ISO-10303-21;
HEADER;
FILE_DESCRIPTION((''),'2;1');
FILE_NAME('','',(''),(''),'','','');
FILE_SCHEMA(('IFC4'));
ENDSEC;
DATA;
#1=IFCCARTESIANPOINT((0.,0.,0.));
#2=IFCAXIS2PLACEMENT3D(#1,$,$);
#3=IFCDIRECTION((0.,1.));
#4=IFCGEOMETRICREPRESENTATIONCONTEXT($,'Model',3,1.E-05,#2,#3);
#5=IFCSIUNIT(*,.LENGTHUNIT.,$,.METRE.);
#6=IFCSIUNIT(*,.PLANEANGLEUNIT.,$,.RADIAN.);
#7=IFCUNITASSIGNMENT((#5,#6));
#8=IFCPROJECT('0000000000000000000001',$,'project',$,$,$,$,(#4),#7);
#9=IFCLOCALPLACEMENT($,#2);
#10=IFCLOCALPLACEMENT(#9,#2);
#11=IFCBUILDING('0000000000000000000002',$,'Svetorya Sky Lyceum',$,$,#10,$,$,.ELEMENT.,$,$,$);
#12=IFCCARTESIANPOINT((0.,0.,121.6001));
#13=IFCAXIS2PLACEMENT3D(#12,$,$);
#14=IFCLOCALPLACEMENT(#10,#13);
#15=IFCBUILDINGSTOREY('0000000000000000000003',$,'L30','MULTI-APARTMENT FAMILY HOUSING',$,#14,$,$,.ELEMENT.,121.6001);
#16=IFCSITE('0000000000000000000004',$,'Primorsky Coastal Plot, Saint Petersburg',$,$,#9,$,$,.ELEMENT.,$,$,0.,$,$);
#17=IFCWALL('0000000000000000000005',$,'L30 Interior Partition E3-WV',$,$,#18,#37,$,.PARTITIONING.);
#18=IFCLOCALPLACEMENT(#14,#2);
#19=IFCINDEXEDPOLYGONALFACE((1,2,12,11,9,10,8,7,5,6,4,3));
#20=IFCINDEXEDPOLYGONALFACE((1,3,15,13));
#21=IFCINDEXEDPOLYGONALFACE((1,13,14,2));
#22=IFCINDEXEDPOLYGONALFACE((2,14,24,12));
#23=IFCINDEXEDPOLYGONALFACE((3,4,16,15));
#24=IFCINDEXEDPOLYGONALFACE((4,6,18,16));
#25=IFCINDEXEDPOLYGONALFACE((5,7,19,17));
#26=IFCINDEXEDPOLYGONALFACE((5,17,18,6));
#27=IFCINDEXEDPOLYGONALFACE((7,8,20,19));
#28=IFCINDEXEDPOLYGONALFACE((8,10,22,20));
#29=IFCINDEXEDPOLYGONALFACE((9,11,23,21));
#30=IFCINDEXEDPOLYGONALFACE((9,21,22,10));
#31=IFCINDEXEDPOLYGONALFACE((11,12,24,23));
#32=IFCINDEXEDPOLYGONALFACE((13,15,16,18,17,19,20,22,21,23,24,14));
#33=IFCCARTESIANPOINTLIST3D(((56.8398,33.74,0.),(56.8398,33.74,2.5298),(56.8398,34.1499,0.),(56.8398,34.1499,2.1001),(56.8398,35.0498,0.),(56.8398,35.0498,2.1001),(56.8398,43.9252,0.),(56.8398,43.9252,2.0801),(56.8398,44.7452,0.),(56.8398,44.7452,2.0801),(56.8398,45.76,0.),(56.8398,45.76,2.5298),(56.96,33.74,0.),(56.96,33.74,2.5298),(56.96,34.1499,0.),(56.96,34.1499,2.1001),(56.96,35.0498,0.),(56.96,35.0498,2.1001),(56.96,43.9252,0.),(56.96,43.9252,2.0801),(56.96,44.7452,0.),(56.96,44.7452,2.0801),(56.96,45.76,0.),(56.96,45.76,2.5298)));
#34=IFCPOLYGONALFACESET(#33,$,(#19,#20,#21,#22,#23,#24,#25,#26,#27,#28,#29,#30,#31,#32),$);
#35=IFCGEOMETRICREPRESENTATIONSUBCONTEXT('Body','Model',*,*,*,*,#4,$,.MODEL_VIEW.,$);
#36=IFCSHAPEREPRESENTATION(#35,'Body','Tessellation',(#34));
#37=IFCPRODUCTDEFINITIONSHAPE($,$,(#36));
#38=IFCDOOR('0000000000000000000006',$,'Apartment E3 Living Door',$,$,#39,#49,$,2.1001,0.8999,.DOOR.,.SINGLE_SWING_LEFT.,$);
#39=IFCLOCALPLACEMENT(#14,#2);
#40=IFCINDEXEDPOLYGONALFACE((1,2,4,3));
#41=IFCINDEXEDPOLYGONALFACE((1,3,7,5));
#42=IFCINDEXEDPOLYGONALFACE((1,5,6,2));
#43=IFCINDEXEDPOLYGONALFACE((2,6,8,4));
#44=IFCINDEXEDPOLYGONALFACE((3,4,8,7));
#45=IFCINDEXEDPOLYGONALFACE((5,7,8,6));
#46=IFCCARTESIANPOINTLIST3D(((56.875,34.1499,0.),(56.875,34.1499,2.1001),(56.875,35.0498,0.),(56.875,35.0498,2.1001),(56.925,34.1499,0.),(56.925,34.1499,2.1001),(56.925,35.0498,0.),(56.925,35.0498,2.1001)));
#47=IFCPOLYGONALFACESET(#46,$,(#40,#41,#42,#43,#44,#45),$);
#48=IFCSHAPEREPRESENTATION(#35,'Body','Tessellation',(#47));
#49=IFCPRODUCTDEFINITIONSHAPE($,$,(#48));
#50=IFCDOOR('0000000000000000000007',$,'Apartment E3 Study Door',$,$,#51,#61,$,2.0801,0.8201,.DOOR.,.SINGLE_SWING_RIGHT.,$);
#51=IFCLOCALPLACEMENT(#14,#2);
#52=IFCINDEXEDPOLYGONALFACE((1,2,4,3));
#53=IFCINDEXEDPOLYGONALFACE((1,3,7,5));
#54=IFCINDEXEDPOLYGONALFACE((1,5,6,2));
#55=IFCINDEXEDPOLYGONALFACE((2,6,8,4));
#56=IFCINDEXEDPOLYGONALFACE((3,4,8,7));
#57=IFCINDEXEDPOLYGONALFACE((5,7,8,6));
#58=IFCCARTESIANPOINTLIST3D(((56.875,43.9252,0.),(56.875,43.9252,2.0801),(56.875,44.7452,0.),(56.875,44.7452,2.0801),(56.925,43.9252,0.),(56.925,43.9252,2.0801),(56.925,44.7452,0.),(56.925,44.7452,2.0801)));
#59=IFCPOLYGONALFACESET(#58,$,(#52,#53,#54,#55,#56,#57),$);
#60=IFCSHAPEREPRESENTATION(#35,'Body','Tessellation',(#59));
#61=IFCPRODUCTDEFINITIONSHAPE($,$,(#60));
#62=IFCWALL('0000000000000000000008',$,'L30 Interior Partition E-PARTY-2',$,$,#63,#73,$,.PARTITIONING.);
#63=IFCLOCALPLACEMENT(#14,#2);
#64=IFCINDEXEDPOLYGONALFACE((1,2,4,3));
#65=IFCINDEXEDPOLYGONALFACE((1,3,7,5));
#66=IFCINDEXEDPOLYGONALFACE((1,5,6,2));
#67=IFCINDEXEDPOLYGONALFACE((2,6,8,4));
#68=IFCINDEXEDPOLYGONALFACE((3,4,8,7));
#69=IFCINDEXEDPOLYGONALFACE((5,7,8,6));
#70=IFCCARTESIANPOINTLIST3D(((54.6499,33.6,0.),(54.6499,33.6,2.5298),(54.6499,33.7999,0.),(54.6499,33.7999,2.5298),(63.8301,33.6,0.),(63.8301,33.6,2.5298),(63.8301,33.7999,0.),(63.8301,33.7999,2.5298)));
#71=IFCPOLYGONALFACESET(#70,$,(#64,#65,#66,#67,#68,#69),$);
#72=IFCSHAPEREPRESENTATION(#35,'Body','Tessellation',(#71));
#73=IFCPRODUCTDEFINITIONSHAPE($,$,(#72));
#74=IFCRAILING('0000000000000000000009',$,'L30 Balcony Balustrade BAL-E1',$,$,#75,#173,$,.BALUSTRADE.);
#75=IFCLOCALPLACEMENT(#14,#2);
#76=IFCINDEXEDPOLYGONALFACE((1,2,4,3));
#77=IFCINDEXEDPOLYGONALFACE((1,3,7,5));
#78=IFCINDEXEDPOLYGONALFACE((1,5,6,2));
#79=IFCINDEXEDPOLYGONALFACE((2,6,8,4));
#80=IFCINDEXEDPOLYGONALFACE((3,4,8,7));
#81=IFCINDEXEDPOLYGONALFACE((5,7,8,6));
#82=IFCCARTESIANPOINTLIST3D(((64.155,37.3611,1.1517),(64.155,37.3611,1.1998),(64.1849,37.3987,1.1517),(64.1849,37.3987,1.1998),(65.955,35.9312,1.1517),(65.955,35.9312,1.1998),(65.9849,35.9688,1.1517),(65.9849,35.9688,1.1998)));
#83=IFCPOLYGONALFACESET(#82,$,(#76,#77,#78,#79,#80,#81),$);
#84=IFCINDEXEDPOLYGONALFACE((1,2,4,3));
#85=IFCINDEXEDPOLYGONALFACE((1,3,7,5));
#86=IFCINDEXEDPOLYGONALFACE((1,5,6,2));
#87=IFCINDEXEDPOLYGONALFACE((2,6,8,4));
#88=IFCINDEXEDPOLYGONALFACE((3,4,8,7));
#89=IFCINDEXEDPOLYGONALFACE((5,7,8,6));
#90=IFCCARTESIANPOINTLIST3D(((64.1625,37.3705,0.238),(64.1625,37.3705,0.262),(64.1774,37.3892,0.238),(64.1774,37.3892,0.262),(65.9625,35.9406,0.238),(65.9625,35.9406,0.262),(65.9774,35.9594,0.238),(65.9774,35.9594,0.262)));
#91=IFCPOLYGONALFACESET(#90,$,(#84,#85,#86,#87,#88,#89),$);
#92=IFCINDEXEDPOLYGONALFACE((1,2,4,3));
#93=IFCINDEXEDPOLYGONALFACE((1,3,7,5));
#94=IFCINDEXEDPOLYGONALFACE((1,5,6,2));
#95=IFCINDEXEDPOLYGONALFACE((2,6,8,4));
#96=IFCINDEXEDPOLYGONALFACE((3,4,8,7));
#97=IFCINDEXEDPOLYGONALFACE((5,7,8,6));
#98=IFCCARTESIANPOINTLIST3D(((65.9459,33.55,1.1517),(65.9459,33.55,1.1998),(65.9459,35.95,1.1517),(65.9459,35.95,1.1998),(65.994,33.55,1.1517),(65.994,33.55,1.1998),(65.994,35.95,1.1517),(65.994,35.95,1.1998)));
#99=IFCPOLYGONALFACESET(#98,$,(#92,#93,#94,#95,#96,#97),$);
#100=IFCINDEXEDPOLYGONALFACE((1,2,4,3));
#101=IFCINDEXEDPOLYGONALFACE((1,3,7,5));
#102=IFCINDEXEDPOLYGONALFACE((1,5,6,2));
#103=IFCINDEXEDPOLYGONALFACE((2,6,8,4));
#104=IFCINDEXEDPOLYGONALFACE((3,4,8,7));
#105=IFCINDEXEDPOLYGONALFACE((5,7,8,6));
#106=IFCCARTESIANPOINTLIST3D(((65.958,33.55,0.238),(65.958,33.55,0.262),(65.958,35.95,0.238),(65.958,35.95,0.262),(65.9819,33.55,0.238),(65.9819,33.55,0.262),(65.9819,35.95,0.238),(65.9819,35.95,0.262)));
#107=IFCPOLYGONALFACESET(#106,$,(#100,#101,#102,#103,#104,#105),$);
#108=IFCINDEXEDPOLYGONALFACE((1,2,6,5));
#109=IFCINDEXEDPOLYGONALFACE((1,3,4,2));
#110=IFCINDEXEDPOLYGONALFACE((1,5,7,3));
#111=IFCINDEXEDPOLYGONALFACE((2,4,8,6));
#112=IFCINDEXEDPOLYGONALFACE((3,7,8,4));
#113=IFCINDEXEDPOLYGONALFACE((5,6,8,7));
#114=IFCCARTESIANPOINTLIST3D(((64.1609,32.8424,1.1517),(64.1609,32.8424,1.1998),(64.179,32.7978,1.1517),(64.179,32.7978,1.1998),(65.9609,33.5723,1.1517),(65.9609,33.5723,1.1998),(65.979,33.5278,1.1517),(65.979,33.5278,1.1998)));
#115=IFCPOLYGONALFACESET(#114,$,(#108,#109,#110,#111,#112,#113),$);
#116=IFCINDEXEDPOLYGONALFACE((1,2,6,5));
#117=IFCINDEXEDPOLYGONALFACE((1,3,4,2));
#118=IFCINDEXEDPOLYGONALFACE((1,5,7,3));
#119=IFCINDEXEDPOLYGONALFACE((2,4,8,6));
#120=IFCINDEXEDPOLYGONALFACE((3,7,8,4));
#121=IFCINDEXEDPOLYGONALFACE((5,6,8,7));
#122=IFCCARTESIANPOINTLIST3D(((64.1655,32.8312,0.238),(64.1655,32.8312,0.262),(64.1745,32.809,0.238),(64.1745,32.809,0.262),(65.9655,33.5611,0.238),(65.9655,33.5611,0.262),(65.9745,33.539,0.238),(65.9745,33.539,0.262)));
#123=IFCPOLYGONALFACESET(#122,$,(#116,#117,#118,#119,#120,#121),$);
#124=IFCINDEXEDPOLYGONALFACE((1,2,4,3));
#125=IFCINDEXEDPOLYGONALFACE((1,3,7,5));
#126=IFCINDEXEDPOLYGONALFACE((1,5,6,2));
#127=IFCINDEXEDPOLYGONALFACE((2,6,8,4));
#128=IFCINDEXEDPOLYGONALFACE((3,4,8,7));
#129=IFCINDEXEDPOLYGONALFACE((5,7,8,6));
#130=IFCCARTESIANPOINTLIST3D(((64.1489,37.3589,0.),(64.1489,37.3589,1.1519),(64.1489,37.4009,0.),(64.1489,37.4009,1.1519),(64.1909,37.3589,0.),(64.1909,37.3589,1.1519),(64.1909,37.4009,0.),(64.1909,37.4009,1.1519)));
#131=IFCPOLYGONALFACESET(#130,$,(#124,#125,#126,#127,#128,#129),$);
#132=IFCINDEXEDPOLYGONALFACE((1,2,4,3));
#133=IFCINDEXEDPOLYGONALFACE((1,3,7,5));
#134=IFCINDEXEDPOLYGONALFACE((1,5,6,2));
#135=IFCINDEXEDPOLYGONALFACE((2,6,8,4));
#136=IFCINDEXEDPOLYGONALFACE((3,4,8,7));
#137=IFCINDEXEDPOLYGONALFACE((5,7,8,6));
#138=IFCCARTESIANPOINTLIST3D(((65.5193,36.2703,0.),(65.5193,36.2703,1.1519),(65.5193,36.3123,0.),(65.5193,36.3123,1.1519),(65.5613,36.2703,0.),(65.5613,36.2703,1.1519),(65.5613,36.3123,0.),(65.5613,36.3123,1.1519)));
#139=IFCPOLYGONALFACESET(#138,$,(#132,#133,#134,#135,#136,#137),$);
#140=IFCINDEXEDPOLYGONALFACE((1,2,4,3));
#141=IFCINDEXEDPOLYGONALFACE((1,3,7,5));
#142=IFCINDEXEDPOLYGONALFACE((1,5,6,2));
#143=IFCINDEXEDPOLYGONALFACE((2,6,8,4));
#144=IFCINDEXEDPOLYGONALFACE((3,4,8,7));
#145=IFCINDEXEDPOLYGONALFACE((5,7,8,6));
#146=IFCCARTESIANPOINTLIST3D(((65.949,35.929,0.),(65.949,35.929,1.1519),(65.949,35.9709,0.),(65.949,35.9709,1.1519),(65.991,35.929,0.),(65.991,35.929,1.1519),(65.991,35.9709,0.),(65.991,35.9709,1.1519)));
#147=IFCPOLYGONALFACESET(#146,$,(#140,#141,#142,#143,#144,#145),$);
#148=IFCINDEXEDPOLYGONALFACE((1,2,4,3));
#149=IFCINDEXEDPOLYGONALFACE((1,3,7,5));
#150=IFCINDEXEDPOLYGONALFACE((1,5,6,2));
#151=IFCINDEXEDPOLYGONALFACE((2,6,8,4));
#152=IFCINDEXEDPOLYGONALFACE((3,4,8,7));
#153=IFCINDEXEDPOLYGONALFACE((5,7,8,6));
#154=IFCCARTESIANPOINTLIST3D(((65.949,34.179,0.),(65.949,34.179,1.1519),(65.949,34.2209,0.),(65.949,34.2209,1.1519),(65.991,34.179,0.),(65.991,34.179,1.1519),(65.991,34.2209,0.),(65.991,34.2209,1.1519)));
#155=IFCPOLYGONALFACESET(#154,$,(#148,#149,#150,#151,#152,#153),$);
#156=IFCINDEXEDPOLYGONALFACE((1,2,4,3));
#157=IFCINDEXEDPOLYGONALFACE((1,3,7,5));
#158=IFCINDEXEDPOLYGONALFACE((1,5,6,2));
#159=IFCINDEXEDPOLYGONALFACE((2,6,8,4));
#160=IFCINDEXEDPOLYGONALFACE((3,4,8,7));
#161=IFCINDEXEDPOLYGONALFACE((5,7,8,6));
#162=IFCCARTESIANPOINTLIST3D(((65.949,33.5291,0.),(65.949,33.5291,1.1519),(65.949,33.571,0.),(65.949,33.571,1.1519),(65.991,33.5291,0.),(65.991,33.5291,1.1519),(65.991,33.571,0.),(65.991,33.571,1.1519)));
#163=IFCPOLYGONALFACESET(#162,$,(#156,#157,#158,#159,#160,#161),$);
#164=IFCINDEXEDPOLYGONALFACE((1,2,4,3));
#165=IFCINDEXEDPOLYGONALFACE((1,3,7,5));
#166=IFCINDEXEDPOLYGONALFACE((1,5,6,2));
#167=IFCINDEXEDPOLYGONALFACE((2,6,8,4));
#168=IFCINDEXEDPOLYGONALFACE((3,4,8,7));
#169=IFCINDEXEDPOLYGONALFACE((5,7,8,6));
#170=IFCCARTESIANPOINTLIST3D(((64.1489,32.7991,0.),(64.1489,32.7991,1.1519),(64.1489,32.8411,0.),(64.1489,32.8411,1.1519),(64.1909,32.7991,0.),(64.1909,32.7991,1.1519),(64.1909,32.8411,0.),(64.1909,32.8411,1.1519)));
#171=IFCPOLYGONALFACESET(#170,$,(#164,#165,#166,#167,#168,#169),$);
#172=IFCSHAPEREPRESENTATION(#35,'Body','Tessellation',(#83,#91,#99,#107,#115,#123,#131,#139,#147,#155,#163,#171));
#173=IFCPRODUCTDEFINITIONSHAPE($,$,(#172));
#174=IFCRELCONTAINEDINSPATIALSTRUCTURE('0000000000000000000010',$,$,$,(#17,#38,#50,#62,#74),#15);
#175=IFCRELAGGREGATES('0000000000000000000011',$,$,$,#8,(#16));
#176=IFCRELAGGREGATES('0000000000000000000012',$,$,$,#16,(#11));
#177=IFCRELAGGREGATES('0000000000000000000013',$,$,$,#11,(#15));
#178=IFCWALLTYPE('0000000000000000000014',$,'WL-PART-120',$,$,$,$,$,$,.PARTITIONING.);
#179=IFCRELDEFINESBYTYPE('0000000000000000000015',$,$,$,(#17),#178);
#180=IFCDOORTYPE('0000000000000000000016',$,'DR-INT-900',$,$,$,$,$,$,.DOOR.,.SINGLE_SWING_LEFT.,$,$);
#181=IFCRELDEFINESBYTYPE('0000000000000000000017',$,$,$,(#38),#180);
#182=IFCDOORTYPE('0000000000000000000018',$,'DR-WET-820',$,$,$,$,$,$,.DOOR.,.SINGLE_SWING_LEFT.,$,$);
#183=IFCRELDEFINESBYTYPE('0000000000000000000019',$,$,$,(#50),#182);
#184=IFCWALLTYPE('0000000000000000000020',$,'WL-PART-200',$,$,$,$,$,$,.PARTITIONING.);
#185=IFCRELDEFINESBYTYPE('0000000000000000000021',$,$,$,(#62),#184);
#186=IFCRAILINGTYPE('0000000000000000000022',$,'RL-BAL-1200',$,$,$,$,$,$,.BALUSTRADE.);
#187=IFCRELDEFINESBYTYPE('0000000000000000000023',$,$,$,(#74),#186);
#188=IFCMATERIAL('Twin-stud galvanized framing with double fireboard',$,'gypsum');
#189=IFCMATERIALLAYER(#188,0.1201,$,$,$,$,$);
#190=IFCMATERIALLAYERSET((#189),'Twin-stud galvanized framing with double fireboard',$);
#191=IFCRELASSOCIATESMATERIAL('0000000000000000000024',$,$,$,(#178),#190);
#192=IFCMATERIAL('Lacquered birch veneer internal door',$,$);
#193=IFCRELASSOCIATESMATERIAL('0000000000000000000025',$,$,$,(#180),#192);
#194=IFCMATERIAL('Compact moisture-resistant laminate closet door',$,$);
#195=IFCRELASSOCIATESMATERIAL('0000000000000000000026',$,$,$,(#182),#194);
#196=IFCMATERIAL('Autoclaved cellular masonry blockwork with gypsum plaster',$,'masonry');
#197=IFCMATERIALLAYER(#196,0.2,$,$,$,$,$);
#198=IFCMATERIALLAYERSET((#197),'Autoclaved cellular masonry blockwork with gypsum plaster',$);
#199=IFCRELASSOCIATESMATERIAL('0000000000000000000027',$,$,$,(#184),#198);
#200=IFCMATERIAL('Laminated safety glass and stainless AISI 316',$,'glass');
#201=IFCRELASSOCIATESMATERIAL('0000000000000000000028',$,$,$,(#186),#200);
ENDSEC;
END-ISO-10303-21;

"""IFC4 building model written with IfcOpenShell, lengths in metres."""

from ifc_helpers import new_model, si_unit, direction, frame, frame_2d, origin, origin_2d, place, context, subcontext, project, spatial, rectangle, extrude, material, layer, layer_set, type_object, element, fill, save


model = new_model("IFC4")

# Units and contexts
model_context = context("Model", 3, precision=1e-05, world=origin(), true_north=direction((0.0, 1.0)))
body_context = subcontext(model_context, "Body", "Model", "MODEL_VIEW")
ifc_project = project(units=[si_unit("LENGTHUNIT", "METRE"), si_unit("PLANEANGLEUNIT", "RADIAN")], contexts=[model_context])

# Site, building, storey
site_placement = place(None, origin())
site = spatial("IfcSite", under=ifc_project, at=site_placement, Name="Primorsky Coastal Plot, Saint Petersburg", CompositionType="ELEMENT", RefElevation=0.0)
building_placement = place(site_placement, origin())
building = spatial("IfcBuilding", under=site, at=building_placement, Name="Svetorya Sky Lyceum", CompositionType="ELEMENT")
storey_placement = place(building_placement, frame((0.0, 0.0, 121.6001)))
storey = spatial("IfcBuildingStorey", under=building, at=storey_placement, Name="L30", Description="MULTI-APARTMENT FAMILY HOUSING", CompositionType="ELEMENT", Elevation=121.6001)

# Shared definitions
ifc_material_1 = material(Name="Twin-stud galvanized framing with double fireboard", Category="gypsum")
ifc_layer_1 = layer(ifc_material_1, 0.1201)
ifc_layer_set_1 = layer_set([ifc_layer_1], Name="Twin-stud galvanized framing with double fireboard")
wall_type_1 = type_object("IfcWallType", Name="WL-PART-120", PredefinedType="PARTITIONING", material=ifc_layer_set_1)
ifc_material_2 = material(Name="Lacquered birch veneer internal door")
door_type_1 = type_object("IfcDoorType", Name="DR-INT-900", OperationType="SINGLE_SWING_LEFT", PredefinedType="DOOR", material=ifc_material_2)

# Wall, openings, doors
wall_1_placement = place(storey_placement, frame((56.8999, 33.74, 0.0), z_axis=(0.0, 0.0, 1.0), x_axis=(0.0, 1.0, 0.0)))
wall_1 = element("IfcWall", 1, at=wall_1_placement, inside=storey, type_object=wall_type_1, Name="L30 Interior Partition E3-WV", PredefinedType="PARTITIONING", context=body_context, shape_type="SweptSolid", body=[
    extrude(rectangle(XDim=12.02, YDim=0.1201, at=frame_2d((6.01, 0.0))), origin(), (0.0, 0.0, 1.0), 2.5298),
])
opening_1_placement = place(wall_1_placement, frame((0.4099, 0.0, 0.0)))
opening_1 = element("IfcOpeningElement", 2, at=opening_1_placement, cuts=wall_1, PredefinedType="OPENING", context=body_context, shape_type="SweptSolid", body=[
    extrude(rectangle(XDim=0.8999, YDim=2.1001, at=frame_2d((0.45, 1.05))), frame((0.0, 0.0701, 0.0), z_axis=(0.0, -1.0, 0.0), x_axis=(1.0, 0.0, 0.0)), (0.0, 0.0, 1.0), 0.1401),
])
opening_2_placement = place(wall_1_placement, frame((10.1851, 0.0, 0.0)))
opening_2 = element("IfcOpeningElement", 3, at=opening_2_placement, cuts=wall_1, PredefinedType="OPENING", context=body_context, shape_type="SweptSolid", body=[
    extrude(rectangle(XDim=0.8201, YDim=2.0801, at=frame_2d((0.4102, 1.04))), frame((0.0, 0.0701, 0.0), z_axis=(0.0, -1.0, 0.0), x_axis=(1.0, 0.0, 0.0)), (0.0, 0.0, 1.0), 0.1401),
])
door_1_placement = place(opening_1_placement, origin())
door_1 = element("IfcDoor", 4, at=door_1_placement, inside=storey, type_object=door_type_1, Name="Apartment E3 Living Door", OperationType="SINGLE_SWING_LEFT", OverallHeight=2.1001, OverallWidth=0.8999, PredefinedType="DOOR", context=body_context, shape_type="SweptSolid", body=[
    extrude(rectangle(XDim=0.8999, YDim=2.1001, at=frame_2d((0.45, 1.05))), frame((0.0, 0.0249, 0.0), z_axis=(0.0, -1.0, 0.0), x_axis=(1.0, 0.0, 0.0)), (0.0, 0.0, 1.0), 0.05),
])
fill(opening_1, door_1)
ifc_material_3 = material(Name="Compact moisture-resistant laminate closet door")
door_type_2 = type_object("IfcDoorType", Name="DR-WET-820", OperationType="SINGLE_SWING_LEFT", PredefinedType="DOOR", material=ifc_material_3)
door_2_placement = place(opening_2_placement, origin())
door_2 = element("IfcDoor", 5, at=door_2_placement, inside=storey, type_object=door_type_2, Name="Apartment E3 Study Door", OperationType="SINGLE_SWING_RIGHT", OverallHeight=2.0801, OverallWidth=0.8201, PredefinedType="DOOR", context=body_context, shape_type="SweptSolid", body=[
    extrude(rectangle(XDim=0.8201, YDim=2.0801, at=frame_2d((0.4102, 1.04))), frame((0.0, 0.0249, 0.0), z_axis=(0.0, -1.0, 0.0), x_axis=(1.0, 0.0, 0.0)), (0.0, 0.0, 1.0), 0.05),
])
fill(opening_2, door_2)

# Wall
ifc_material_4 = material(Name="Autoclaved cellular masonry blockwork with gypsum plaster", Category="masonry")
ifc_layer_2 = layer(ifc_material_4, 0.2)
ifc_layer_set_2 = layer_set([ifc_layer_2], Name="Autoclaved cellular masonry blockwork with gypsum plaster")
wall_type_2 = type_object("IfcWallType", Name="WL-PART-200", PredefinedType="PARTITIONING", material=ifc_layer_set_2)
wall_2_placement = place(storey_placement, frame((54.6499, 33.7, 0.0), z_axis=(0.0, 0.0, 1.0), x_axis=(1.0, 0.0, 0.0)))
element("IfcWall", 6, at=wall_2_placement, inside=storey, type_object=wall_type_2, Name="L30 Interior Partition E-PARTY-2", PredefinedType="PARTITIONING", context=body_context, shape_type="SweptSolid", body=[
    extrude(rectangle(XDim=9.1802, YDim=0.2, at=frame_2d((4.5901, 0.0))), origin(), (0.0, 0.0, 1.0), 2.5298),
])

# Railing
ifc_material_5 = material(Name="Laminated safety glass and stainless AISI 316", Category="glass")
railing_type = type_object("IfcRailingType", Name="RL-BAL-1200", PredefinedType="BALUSTRADE", material=ifc_material_5)
railing_placement = place(storey_placement, frame((64.1699, 37.3799, 0.0)))
element("IfcRailing", 7, at=railing_placement, inside=storey, type_object=railing_type, Name="L30 Balcony Balustrade BAL-E1", PredefinedType="BALUSTRADE", context=body_context, shape_type="SweptSolid", body=[
    extrude(rectangle(XDim=0.0481, YDim=0.0481, at=origin_2d()), frame((0.0, 0.0, 1.1758), z_axis=(0.783009, -0.62201, 0.0), x_axis=(0.62201, 0.783009, 0.0)), (0.0, 0.0, 1.0), 2.2988),
    extrude(rectangle(XDim=0.0239, YDim=0.0239, at=origin_2d()), frame((0.0, 0.0, 0.25), z_axis=(0.783009, -0.62201, 0.0), x_axis=(0.62201, 0.783009, 0.0)), (0.0, 0.0, 1.0), 2.2988),
    extrude(rectangle(XDim=0.0481, YDim=0.0481, at=origin_2d()), frame((1.8, -1.4299, 1.1758), z_axis=(0.0, -1.0, 0.0), x_axis=(1.0, 0.0, 0.0)), (0.0, 0.0, 1.0), 2.3999),
    extrude(rectangle(XDim=0.0239, YDim=0.0239, at=origin_2d()), frame((1.8, -1.4299, 0.25), z_axis=(0.0, -1.0, 0.0), x_axis=(1.0, 0.0, 0.0)), (0.0, 0.0, 1.0), 2.3999),
    extrude(rectangle(XDim=0.0481, YDim=0.0481, at=origin_2d()), frame((1.8, -3.8298, 1.1758), z_axis=(-0.926698, -0.375807, 0.0), x_axis=(0.375807, -0.926698, 0.0)), (0.0, 0.0, 1.0), 1.9424),
    extrude(rectangle(XDim=0.0239, YDim=0.0239, at=origin_2d()), frame((1.8, -3.8298, 0.25), z_axis=(-0.926698, -0.375807, 0.0), x_axis=(0.375807, -0.926698, 0.0)), (0.0, 0.0, 1.0), 1.9424),
    extrude(rectangle(XDim=0.042, YDim=0.042, at=origin_2d()), origin(), (0.0, 0.0, 1.0), 1.1519),
    extrude(rectangle(XDim=0.042, YDim=0.042, at=origin_2d()), frame((1.3704, -1.0886, 0.0)), (0.0, 0.0, 1.0), 1.1519),
    extrude(rectangle(XDim=0.042, YDim=0.042, at=origin_2d()), frame((1.8, -1.4299, 0.0)), (0.0, 0.0, 1.0), 1.1519),
    extrude(rectangle(XDim=0.042, YDim=0.042, at=origin_2d()), frame((1.8, -3.1799, 0.0)), (0.0, 0.0, 1.0), 1.1519),
    extrude(rectangle(XDim=0.042, YDim=0.042, at=origin_2d()), frame((1.8, -3.8298, 0.0)), (0.0, 0.0, 1.0), 1.1519),
    extrude(rectangle(XDim=0.042, YDim=0.042, at=origin_2d()), frame((0.0, -4.5598, 0.0)), (0.0, 0.0, 1.0), 1.1519),
])

save(model, "model.ifc")
